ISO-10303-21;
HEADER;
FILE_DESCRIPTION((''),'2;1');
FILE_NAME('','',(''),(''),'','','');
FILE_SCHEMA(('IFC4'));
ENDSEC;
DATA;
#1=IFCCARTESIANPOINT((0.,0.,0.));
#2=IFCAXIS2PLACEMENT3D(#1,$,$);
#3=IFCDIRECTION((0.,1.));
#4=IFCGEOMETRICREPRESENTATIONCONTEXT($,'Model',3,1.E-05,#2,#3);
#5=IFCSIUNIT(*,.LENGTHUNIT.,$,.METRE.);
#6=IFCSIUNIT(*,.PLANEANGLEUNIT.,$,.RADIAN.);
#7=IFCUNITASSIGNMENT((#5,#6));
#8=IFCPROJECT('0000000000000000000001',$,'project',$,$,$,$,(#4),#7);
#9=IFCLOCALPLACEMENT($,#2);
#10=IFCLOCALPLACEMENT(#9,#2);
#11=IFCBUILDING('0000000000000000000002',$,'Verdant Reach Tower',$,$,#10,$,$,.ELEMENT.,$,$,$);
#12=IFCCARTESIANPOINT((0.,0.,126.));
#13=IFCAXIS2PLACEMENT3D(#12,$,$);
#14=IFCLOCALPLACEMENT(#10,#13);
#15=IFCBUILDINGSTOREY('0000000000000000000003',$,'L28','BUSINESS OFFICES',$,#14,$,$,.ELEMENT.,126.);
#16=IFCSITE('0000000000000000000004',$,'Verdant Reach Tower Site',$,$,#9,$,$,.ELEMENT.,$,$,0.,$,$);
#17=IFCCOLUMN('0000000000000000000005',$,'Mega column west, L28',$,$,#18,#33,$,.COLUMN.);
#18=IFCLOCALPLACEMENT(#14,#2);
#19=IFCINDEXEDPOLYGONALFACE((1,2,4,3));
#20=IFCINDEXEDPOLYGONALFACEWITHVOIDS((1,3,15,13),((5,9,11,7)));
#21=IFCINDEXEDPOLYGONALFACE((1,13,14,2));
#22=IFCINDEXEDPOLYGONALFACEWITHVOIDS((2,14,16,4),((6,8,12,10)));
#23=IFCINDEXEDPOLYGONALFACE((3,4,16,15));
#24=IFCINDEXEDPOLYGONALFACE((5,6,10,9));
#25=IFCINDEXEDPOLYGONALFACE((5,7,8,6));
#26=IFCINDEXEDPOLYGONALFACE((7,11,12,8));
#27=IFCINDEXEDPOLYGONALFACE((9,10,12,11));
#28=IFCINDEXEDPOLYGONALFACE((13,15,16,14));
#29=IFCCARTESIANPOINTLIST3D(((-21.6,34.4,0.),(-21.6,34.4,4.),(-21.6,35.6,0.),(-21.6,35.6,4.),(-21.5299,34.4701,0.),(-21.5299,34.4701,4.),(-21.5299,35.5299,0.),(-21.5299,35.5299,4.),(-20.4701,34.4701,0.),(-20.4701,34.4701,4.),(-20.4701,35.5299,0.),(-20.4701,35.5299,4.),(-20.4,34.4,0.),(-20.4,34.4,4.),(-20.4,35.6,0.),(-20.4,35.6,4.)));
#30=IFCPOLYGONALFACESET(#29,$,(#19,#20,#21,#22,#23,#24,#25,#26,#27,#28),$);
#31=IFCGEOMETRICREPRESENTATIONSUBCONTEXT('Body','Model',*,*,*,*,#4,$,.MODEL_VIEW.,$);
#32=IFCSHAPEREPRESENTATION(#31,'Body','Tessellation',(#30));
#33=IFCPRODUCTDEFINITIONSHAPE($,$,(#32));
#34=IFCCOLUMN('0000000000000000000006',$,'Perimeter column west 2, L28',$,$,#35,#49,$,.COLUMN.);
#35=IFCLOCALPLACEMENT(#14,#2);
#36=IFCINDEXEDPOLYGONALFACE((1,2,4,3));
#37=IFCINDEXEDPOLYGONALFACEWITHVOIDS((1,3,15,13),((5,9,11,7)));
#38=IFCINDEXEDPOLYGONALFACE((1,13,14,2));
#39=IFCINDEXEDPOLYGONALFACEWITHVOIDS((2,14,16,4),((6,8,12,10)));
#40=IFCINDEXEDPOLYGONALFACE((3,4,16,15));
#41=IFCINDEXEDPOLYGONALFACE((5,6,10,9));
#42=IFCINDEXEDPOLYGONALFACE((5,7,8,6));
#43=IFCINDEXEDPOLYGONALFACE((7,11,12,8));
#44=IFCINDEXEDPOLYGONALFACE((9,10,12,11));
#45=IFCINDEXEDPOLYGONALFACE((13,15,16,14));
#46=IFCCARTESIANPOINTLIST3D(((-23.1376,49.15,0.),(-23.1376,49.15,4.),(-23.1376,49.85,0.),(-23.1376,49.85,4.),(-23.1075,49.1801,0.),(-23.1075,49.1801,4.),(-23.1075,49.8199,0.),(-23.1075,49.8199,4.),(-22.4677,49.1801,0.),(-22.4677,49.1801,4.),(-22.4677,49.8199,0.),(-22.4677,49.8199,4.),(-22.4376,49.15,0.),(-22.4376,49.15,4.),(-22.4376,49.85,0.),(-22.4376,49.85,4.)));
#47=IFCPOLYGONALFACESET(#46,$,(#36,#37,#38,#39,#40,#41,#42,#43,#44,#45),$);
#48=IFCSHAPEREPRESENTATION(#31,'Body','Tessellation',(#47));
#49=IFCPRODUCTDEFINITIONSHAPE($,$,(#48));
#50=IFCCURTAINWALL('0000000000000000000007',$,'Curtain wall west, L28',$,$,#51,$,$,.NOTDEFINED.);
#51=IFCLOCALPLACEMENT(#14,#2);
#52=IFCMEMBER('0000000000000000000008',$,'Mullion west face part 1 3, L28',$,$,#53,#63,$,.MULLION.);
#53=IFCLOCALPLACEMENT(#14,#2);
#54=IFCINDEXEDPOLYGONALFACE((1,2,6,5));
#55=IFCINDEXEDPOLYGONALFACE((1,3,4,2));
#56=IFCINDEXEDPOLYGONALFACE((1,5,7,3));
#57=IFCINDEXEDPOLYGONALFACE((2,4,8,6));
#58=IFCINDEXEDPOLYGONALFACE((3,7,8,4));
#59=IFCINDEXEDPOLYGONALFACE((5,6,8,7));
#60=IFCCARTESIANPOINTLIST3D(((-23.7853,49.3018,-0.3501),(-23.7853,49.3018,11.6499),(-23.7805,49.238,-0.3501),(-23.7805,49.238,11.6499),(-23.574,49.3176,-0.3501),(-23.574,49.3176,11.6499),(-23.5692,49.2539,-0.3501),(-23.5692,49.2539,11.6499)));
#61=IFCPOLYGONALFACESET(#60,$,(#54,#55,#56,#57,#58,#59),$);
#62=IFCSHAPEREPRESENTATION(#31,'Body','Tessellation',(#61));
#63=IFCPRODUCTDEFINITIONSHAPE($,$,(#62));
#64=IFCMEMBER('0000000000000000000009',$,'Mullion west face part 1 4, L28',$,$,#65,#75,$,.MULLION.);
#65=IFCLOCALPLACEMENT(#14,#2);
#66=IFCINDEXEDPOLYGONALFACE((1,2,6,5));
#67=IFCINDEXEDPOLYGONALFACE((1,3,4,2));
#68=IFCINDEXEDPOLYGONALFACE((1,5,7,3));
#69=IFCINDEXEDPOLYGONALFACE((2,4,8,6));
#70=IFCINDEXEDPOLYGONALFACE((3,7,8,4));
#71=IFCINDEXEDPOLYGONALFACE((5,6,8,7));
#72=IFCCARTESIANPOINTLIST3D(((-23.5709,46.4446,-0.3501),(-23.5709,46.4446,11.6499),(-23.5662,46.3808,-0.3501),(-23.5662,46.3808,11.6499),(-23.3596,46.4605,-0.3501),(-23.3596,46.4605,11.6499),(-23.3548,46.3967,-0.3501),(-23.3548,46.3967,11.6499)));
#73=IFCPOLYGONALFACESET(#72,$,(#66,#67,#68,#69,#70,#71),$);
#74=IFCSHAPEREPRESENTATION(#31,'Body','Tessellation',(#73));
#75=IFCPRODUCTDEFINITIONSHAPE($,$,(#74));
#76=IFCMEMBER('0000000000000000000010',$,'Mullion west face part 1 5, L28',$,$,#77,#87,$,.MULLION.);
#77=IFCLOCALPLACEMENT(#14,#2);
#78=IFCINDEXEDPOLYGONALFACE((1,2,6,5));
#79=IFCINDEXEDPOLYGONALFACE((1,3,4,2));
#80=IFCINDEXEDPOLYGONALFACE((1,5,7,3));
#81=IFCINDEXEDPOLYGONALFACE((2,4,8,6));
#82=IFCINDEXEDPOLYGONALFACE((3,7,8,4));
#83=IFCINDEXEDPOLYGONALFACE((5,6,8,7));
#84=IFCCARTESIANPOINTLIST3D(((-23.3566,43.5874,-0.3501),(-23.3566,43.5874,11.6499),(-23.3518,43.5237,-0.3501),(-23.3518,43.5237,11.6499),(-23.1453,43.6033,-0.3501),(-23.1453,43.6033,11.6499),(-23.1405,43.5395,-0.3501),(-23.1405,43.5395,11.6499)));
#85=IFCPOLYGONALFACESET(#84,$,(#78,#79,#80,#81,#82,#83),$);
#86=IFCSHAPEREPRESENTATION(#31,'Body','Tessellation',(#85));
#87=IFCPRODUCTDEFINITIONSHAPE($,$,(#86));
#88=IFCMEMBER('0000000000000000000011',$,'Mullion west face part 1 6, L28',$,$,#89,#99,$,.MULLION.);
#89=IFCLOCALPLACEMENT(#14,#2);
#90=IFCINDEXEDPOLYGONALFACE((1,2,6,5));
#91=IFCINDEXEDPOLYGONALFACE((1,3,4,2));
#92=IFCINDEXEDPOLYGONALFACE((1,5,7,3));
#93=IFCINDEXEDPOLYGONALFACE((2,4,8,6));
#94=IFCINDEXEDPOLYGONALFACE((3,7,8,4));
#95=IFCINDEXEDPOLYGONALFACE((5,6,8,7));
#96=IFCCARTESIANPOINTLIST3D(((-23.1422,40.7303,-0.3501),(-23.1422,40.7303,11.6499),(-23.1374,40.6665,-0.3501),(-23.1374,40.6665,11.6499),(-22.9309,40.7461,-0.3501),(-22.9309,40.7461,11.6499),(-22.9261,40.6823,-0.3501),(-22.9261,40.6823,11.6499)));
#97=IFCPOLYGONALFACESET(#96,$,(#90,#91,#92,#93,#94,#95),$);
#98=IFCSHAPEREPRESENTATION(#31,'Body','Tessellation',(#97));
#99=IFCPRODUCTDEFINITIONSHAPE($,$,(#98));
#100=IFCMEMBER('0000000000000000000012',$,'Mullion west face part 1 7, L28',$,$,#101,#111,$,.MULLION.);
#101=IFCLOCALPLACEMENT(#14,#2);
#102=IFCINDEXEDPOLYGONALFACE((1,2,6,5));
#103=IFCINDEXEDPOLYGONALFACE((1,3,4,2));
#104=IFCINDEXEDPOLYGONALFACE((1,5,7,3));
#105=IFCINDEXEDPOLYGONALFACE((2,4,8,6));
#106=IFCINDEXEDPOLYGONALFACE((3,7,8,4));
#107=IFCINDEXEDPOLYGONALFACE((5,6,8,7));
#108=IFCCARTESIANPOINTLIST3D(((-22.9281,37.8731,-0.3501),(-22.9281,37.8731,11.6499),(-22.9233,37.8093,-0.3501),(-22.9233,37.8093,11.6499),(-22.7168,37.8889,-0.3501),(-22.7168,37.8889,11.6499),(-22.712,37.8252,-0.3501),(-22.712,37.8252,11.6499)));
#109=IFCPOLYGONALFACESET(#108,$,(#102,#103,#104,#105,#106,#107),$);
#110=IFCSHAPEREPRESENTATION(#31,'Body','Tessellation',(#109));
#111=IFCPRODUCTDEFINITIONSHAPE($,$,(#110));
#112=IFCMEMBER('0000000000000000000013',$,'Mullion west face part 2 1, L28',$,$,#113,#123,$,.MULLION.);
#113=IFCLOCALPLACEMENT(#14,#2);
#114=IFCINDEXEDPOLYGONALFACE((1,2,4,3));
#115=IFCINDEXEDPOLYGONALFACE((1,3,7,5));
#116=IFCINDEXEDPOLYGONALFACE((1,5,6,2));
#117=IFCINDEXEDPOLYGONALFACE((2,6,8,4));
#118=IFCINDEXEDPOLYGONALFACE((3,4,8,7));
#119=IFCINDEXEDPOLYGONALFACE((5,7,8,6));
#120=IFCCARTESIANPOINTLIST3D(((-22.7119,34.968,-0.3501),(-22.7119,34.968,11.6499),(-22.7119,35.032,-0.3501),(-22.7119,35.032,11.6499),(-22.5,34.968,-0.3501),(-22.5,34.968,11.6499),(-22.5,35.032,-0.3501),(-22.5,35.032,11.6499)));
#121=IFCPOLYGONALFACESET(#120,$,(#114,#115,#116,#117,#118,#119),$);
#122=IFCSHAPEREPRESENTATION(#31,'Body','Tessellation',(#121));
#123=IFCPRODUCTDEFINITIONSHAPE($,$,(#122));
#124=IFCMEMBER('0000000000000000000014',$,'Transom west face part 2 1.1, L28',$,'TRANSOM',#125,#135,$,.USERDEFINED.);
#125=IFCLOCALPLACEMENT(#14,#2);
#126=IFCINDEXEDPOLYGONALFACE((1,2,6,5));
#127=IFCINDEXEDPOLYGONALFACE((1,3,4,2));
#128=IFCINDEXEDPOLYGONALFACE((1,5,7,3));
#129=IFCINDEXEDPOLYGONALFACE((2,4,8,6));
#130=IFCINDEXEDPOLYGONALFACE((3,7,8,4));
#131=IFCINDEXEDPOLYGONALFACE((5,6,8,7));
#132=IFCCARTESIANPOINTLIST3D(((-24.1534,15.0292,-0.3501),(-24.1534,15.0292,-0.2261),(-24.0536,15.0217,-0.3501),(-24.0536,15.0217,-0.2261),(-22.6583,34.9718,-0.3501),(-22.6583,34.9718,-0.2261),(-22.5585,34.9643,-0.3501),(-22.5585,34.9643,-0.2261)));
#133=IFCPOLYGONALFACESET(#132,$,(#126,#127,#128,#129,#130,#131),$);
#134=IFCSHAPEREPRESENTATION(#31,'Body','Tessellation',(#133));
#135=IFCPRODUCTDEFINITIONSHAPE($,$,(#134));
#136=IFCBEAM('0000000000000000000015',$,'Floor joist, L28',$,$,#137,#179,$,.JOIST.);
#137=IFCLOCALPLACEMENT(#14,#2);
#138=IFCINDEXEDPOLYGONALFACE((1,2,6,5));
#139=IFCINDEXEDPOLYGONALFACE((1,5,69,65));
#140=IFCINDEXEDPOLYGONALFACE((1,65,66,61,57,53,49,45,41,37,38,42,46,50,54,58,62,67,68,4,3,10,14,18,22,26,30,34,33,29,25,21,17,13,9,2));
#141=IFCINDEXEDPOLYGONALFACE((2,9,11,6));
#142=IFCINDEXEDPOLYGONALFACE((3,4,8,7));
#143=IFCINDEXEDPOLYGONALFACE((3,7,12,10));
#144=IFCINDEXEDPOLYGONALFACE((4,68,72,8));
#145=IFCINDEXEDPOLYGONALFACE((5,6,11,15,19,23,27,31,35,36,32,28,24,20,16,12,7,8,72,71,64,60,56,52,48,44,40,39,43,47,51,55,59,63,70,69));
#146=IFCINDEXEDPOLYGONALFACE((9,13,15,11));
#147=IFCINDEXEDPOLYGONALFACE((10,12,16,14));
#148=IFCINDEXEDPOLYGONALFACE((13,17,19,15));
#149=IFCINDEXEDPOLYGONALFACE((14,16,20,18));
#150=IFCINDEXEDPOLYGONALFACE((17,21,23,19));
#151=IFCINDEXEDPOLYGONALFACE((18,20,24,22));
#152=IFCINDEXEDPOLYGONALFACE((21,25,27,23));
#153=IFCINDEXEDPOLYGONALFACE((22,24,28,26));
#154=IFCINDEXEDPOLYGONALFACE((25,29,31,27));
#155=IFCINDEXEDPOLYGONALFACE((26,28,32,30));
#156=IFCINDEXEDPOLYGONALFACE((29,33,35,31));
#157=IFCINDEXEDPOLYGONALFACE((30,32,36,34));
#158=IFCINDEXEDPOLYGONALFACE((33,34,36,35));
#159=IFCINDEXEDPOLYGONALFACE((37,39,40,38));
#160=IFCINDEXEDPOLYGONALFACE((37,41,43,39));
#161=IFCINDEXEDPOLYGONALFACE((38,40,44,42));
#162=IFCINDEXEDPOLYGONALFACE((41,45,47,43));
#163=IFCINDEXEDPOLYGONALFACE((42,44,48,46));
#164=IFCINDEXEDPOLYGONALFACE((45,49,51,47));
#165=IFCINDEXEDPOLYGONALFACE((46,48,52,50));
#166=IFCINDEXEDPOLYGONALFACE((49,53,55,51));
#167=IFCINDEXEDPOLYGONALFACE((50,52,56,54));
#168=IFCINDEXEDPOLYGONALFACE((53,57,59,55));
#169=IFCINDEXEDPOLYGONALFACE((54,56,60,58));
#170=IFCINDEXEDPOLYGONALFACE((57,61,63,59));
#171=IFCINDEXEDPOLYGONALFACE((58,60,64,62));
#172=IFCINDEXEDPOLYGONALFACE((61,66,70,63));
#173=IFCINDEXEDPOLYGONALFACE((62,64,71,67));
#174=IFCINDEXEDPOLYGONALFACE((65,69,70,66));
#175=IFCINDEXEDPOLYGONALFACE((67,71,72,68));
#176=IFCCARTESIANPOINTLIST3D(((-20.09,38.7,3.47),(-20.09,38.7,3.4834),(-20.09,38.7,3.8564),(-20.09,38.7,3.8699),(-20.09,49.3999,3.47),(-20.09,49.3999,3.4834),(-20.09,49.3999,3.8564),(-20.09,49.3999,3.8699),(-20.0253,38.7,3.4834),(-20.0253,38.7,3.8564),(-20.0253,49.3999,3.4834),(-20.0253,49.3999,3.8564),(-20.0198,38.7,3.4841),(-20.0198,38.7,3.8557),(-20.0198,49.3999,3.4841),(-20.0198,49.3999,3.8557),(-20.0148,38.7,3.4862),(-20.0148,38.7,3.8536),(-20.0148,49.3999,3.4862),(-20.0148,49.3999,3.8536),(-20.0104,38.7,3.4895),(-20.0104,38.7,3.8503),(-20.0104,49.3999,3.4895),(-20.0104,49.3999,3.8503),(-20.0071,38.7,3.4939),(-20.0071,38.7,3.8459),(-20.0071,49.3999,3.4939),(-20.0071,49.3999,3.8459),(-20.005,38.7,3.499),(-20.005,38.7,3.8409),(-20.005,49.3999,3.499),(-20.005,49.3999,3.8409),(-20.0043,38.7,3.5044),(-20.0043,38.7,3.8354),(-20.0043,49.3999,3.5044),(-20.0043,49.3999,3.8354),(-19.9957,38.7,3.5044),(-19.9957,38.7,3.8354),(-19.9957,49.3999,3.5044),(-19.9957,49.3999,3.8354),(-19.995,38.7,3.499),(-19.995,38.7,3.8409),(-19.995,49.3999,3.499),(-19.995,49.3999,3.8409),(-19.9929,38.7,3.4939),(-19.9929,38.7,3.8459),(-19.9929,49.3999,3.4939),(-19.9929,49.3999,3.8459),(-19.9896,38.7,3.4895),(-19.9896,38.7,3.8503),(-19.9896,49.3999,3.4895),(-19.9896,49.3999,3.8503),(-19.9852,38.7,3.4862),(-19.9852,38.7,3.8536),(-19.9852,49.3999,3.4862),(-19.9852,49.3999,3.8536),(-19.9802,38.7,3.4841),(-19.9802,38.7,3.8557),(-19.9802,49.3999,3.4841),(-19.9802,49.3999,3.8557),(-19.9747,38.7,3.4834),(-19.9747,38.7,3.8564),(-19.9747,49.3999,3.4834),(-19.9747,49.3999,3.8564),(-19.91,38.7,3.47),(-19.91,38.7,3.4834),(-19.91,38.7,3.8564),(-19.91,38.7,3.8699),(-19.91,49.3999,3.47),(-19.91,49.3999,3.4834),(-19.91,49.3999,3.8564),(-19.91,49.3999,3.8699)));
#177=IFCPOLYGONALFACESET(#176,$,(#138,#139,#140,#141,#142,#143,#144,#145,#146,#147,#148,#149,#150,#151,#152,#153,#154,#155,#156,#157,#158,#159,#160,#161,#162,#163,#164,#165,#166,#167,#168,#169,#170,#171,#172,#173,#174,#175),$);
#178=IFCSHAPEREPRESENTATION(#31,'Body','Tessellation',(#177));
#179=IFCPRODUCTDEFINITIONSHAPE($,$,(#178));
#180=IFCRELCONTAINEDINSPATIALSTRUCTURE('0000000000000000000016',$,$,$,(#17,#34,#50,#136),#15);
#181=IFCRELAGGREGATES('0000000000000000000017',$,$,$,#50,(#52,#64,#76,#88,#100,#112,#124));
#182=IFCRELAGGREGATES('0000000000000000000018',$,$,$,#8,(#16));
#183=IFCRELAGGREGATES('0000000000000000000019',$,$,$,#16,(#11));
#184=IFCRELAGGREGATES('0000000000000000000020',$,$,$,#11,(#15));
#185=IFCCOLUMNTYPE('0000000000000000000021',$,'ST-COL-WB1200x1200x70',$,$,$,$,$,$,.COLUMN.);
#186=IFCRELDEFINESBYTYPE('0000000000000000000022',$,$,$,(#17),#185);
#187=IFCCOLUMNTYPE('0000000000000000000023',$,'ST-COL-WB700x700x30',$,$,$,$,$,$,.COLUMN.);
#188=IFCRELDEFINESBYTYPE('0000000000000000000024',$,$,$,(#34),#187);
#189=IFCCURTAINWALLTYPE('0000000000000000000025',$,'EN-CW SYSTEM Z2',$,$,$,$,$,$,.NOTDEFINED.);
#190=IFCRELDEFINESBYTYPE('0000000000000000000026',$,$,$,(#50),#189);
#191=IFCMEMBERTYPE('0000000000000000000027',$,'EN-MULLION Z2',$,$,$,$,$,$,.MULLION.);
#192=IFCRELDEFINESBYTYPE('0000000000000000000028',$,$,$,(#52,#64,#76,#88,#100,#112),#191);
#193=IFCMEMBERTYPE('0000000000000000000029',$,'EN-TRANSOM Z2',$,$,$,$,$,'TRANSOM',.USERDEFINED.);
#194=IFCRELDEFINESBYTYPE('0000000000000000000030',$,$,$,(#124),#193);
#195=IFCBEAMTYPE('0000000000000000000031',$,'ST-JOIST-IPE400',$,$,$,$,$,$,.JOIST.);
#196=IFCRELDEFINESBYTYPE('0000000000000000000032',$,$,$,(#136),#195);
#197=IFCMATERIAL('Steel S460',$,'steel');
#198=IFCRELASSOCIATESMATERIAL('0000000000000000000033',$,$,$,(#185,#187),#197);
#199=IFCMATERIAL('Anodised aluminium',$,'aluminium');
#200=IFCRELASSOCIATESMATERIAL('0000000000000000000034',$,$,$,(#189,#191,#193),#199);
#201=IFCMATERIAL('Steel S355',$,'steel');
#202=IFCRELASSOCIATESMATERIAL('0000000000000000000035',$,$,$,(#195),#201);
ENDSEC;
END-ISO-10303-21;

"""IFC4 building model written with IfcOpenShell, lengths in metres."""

from ifc_helpers import new_model, si_unit, direction, frame, origin, origin_2d, place, context, subcontext, project, spatial, rectangle, hollow_rectangle, i_section, extrude, material, material_profile, profile_set, type_object, element, aggregate, save


model = new_model("IFC4")

# Units and contexts
model_context = context("Model", 3, precision=1e-05, world=origin(), true_north=direction((0.0, 1.0)))
body_context = subcontext(model_context, "Body", "Model", "MODEL_VIEW")
ifc_project = project(units=[si_unit("LENGTHUNIT", "METRE"), si_unit("PLANEANGLEUNIT", "RADIAN")], contexts=[model_context])

# Site, building, storey
site_placement = place(None, origin())
site = spatial("IfcSite", under=ifc_project, at=site_placement, Name="Verdant Reach Tower Site", CompositionType="ELEMENT", RefElevation=0.0)
building_placement = place(site_placement, origin())
building = spatial("IfcBuilding", under=site, at=building_placement, Name="Verdant Reach Tower", CompositionType="ELEMENT")
storey_placement = place(building_placement, frame((0.0, 0.0, 126.0)))
storey = spatial("IfcBuildingStorey", under=building, at=storey_placement, Name="L28", Description="BUSINESS OFFICES", CompositionType="ELEMENT", Elevation=126.0)

# Columns
ifc_material_1 = material(Name="Steel S460", Category="steel")
ifc_material_profile_1 = material_profile(ifc_material_1, hollow_rectangle(XDim=1.2, YDim=1.2, WallThickness=0.0701, at=origin_2d()), Name="WB 1200x1200x70")
ifc_profile_set_1 = profile_set([ifc_material_profile_1], Name="Steel S460")
column_type_1 = type_object("IfcColumnType", Name="ST-COL-WB1200x1200x70", PredefinedType="COLUMN", material=ifc_profile_set_1)
column_1_placement = place(storey_placement, frame((-21.0, 35.0, 0.0), z_axis=(0.0, 0.0, 1.0), x_axis=(1.0, 0.0, 0.0)))
element("IfcColumn", 1, at=column_1_placement, inside=storey, type_object=column_type_1, Name="Mega column west, L28", PredefinedType="COLUMN", context=body_context, shape_type="SweptSolid", body=[
    extrude(hollow_rectangle(XDim=1.2, YDim=1.2, WallThickness=0.0701, at=origin_2d()), origin(), (0.0, 0.0, 1.0), 4.0),
])
ifc_material_profile_2 = material_profile(ifc_material_1, hollow_rectangle(XDim=0.7, YDim=0.7, WallThickness=0.03, at=origin_2d()), Name="WB 700x700x30")
ifc_profile_set_2 = profile_set([ifc_material_profile_2], Name="Steel S460")
column_type_2 = type_object("IfcColumnType", Name="ST-COL-WB700x700x30", PredefinedType="COLUMN", material=ifc_profile_set_2)
column_2_placement = place(storey_placement, frame((-22.7876, 49.5, 0.0), z_axis=(0.0, 0.0, 1.0), x_axis=(1.0, 0.0, 0.0)))
element("IfcColumn", 2, at=column_2_placement, inside=storey, type_object=column_type_2, Name="Perimeter column west 2, L28", PredefinedType="COLUMN", context=body_context, shape_type="SweptSolid", body=[
    extrude(hollow_rectangle(XDim=0.7, YDim=0.7, WallThickness=0.03, at=origin_2d()), origin(), (0.0, 0.0, 1.0), 4.0),
])

# Curtain wall, members
ifc_material_2 = material(Name="Anodised aluminium", Category="aluminium")
curtain_wall_type = type_object("IfcCurtainWallType", Name="EN-CW SYSTEM Z2", PredefinedType="NOTDEFINED", material=ifc_material_2)
curtain_wall_placement = place(storey_placement, origin())
curtain_wall = element("IfcCurtainWall", 3, at=curtain_wall_placement, inside=storey, type_object=curtain_wall_type, Name="Curtain wall west, L28", PredefinedType="NOTDEFINED")
ifc_material_profile_3 = material_profile(ifc_material_2, rectangle(XDim=0.2119, YDim=0.064, at=origin_2d()), Name="Mullion 64x212")
ifc_profile_set_3 = profile_set([ifc_material_profile_3], Name="Anodised aluminium")
member_type_1 = type_object("IfcMemberType", Name="EN-MULLION Z2", PredefinedType="MULLION", material=ifc_profile_set_3)
member_1_placement = place(storey_placement, frame((-23.6772, 49.2778, -0.3501), z_axis=(0.0, 0.0, 1.0), x_axis=(-0.997199, -0.07479, 0.0)))
member_1 = element("IfcMember", 4, at=member_1_placement, type_object=member_type_1, Name="Mullion west face part 1 3, L28", PredefinedType="MULLION", context=body_context, shape_type="SweptSolid", body=[
    extrude(rectangle(XDim=0.2119, YDim=0.064, at=origin_2d()), origin(), (0.0, 0.0, 1.0), 12.0),
])
member_2_placement = place(storey_placement, frame((-23.4629, 46.4207, -0.3501), z_axis=(0.0, 0.0, 1.0), x_axis=(-0.997199, -0.07479, 0.0)))
member_2 = element("IfcMember", 5, at=member_2_placement, type_object=member_type_1, Name="Mullion west face part 1 4, L28", PredefinedType="MULLION", context=body_context, shape_type="SweptSolid", body=[
    extrude(rectangle(XDim=0.2119, YDim=0.064, at=origin_2d()), origin(), (0.0, 0.0, 1.0), 12.0),
])
member_3_placement = place(storey_placement, frame((-23.2485, 43.5635, -0.3501), z_axis=(0.0, 0.0, 1.0), x_axis=(-0.997199, -0.07479, 0.0)))
member_3 = element("IfcMember", 6, at=member_3_placement, type_object=member_type_1, Name="Mullion west face part 1 5, L28", PredefinedType="MULLION", context=body_context, shape_type="SweptSolid", body=[
    extrude(rectangle(XDim=0.2119, YDim=0.064, at=origin_2d()), origin(), (0.0, 0.0, 1.0), 12.0),
])
member_4_placement = place(storey_placement, frame((-23.0342, 40.7063, -0.3501), z_axis=(0.0, 0.0, 1.0), x_axis=(-0.997199, -0.07479, 0.0)))
member_4 = element("IfcMember", 7, at=member_4_placement, type_object=member_type_1, Name="Mullion west face part 1 6, L28", PredefinedType="MULLION", context=body_context, shape_type="SweptSolid", body=[
    extrude(rectangle(XDim=0.2119, YDim=0.064, at=origin_2d()), origin(), (0.0, 0.0, 1.0), 12.0),
])
member_5_placement = place(storey_placement, frame((-22.8201, 37.8491, -0.3501), z_axis=(0.0, 0.0, 1.0), x_axis=(-0.997199, -0.07479, 0.0)))
member_5 = element("IfcMember", 8, at=member_5_placement, type_object=member_type_1, Name="Mullion west face part 1 7, L28", PredefinedType="MULLION", context=body_context, shape_type="SweptSolid", body=[
    extrude(rectangle(XDim=0.2119, YDim=0.064, at=origin_2d()), origin(), (0.0, 0.0, 1.0), 12.0),
])
member_6_placement = place(storey_placement, frame((-22.606, 35.0, -0.3501), z_axis=(0.0, 0.0, 1.0), x_axis=(-1.0, 0.0, 0.0)))
member_6 = element("IfcMember", 9, at=member_6_placement, type_object=member_type_1, Name="Mullion west face part 2 1, L28", PredefinedType="MULLION", context=body_context, shape_type="SweptSolid", body=[
    extrude(rectangle(XDim=0.2119, YDim=0.064, at=origin_2d()), origin(), (0.0, 0.0, 1.0), 12.0),
])
ifc_material_profile_4 = material_profile(ifc_material_2, rectangle(XDim=0.1001, YDim=0.124, at=origin_2d()), Name="Transom 124x100")
ifc_profile_set_4 = profile_set([ifc_material_profile_4], Name="Anodised aluminium")
member_type_2 = type_object("IfcMemberType", Name="EN-TRANSOM Z2", ElementType="TRANSOM", PredefinedType="USERDEFINED", material=ifc_profile_set_4)
member_7_placement = place(storey_placement, frame((-22.6084, 34.968, -0.2881), z_axis=(-0.074761, -0.997201, 0.0), x_axis=(0.997201, -0.074761, 0.0)))
member_7 = element("IfcMember", 10, at=member_7_placement, type_object=member_type_2, Name="Transom west face part 2 1.1, L28", ObjectType="TRANSOM", PredefinedType="USERDEFINED", context=body_context, shape_type="SweptSolid", body=[
    extrude(rectangle(XDim=0.1001, YDim=0.124, at=origin_2d()), origin(), (0.0, 0.0, 1.0), 19.9985),
])

# Beam
ifc_material_3 = material(Name="Steel S355", Category="steel")
ifc_material_profile_5 = material_profile(ifc_material_3, i_section(OverallWidth=0.1799, OverallDepth=0.3999, WebThickness=0.0085, FlangeThickness=0.0134, FilletRadius=0.021, at=origin_2d()), Name="IPE 400")
ifc_profile_set_5 = profile_set([ifc_material_profile_5], Name="Steel S355")
beam_type_1 = type_object("IfcBeamType", Name="ST-JOIST-IPE400", PredefinedType="JOIST", material=ifc_profile_set_5)
for number, where, z_axis, x_axis, name in (
    (11, (-20.0, 38.7, 3.6699), (0.0, 1.0, 0.0), (-1.0, 0.0, 0.0), "Floor joist, L28"),
):
    element("IfcBeam", number, at=place(storey_placement, frame(where, z_axis=z_axis, x_axis=x_axis)), inside=storey, type_object=beam_type_1, Name=name, PredefinedType="JOIST", context=body_context, shape_type="SweptSolid", body=[
        extrude(i_section(OverallWidth=0.1799, OverallDepth=0.3999, WebThickness=0.0085, FlangeThickness=0.0134, FilletRadius=0.021, at=origin_2d()), origin(), (0.0, 0.0, 1.0), 10.7),
    ])

aggregate(curtain_wall, [member_1, member_2, member_3, member_4, member_5, member_6, member_7])

save(model, "model.ifc")
